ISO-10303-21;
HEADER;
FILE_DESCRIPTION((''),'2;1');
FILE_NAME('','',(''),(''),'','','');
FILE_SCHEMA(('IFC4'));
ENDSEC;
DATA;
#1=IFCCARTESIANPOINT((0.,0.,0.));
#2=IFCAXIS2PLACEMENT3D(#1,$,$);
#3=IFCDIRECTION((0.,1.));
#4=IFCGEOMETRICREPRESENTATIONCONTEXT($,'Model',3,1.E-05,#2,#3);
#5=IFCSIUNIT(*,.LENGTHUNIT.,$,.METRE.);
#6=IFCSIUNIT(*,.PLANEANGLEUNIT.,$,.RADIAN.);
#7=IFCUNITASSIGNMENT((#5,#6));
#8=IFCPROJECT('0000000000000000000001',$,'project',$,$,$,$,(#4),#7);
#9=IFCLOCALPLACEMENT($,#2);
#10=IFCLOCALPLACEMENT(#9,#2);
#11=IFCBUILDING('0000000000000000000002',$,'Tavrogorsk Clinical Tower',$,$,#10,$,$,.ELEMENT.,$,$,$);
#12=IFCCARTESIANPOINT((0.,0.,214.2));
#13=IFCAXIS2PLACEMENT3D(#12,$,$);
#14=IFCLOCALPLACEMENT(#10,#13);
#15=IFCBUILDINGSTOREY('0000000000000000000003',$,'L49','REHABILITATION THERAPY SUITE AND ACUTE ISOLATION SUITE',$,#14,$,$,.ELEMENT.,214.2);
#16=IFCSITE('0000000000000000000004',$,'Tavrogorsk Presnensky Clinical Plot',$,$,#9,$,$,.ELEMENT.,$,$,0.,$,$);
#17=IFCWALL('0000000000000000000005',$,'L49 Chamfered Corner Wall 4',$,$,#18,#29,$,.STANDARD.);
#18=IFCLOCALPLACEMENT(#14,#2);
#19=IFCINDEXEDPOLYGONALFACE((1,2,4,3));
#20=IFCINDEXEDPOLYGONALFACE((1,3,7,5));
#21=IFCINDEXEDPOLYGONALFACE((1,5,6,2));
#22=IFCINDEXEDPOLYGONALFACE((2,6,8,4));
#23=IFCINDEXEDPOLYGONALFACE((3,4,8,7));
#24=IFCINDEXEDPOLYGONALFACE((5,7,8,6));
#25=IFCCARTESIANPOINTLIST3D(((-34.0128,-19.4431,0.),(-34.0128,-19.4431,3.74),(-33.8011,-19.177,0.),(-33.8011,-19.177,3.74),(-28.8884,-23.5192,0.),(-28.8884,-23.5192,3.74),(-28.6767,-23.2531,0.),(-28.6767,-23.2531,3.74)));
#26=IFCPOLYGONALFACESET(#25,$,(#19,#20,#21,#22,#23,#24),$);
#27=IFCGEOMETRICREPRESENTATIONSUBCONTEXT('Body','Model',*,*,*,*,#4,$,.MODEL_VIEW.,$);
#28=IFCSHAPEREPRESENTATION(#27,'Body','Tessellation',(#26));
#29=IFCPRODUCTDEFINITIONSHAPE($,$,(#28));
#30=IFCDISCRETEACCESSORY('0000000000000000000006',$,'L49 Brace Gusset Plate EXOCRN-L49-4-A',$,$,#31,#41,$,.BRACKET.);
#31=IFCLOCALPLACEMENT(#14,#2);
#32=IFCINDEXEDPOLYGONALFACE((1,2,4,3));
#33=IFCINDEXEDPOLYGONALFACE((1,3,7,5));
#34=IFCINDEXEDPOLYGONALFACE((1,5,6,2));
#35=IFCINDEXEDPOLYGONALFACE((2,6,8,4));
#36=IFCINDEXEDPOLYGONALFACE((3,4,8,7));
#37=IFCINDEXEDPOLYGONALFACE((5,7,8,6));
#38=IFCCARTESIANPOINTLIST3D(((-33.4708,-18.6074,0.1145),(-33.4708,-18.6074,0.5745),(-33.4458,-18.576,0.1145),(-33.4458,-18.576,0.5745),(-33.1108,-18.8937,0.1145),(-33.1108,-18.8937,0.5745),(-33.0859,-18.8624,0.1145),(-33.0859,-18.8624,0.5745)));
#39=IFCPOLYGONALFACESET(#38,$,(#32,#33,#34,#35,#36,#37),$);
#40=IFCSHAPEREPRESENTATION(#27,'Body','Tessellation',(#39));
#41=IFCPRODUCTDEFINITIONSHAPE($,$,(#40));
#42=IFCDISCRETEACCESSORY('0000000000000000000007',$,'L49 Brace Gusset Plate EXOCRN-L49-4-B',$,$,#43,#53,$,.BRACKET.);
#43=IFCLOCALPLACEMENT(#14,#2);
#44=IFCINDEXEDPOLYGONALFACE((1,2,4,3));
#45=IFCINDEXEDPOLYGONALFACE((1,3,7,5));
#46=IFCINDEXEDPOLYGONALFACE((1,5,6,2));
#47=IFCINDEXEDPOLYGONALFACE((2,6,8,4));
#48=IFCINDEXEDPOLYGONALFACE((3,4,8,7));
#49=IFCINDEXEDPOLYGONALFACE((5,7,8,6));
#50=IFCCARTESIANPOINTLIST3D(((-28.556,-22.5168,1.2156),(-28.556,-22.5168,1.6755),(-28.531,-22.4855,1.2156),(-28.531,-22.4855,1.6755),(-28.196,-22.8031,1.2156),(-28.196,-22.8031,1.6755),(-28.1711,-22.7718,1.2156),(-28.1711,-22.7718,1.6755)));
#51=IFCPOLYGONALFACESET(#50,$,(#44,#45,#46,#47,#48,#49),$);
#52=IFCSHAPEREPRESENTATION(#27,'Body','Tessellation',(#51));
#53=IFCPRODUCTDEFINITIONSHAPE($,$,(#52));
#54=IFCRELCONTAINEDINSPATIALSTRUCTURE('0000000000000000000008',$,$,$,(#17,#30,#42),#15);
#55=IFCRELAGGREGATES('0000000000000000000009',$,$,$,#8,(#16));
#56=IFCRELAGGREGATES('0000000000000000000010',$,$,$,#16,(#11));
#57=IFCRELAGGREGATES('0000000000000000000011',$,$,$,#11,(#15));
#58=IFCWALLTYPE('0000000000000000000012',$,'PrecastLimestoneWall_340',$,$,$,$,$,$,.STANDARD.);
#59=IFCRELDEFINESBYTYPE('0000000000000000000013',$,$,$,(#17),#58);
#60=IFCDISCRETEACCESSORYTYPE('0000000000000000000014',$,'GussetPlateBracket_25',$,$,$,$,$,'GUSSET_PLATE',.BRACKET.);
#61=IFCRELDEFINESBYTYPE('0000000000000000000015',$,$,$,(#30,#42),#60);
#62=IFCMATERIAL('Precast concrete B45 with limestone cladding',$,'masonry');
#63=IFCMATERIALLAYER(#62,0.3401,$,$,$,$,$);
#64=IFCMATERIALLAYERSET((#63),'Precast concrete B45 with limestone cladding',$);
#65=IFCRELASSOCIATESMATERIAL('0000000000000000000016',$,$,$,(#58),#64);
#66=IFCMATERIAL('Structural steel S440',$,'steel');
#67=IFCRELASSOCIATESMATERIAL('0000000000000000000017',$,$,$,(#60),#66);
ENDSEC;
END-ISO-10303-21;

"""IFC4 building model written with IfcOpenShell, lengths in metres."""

from ifc_helpers import new_model, si_unit, direction, frame, frame_2d, origin, origin_2d, place, context, subcontext, project, spatial, rectangle, extrude, material, layer, layer_set, type_object, element, save


model = new_model("IFC4")

# Units and contexts
model_context = context("Model", 3, precision=1e-05, world=origin(), true_north=direction((0.0, 1.0)))
body_context = subcontext(model_context, "Body", "Model", "MODEL_VIEW")
ifc_project = project(units=[si_unit("LENGTHUNIT", "METRE"), si_unit("PLANEANGLEUNIT", "RADIAN")], contexts=[model_context])

# Site, building, storey
site_placement = place(None, origin())
site = spatial("IfcSite", under=ifc_project, at=site_placement, Name="Tavrogorsk Presnensky Clinical Plot", CompositionType="ELEMENT", RefElevation=0.0)
building_placement = place(site_placement, origin())
building = spatial("IfcBuilding", under=site, at=building_placement, Name="Tavrogorsk Clinical Tower", CompositionType="ELEMENT")
storey_placement = place(building_placement, frame((0.0, 0.0, 214.2)))
storey = spatial("IfcBuildingStorey", under=building, at=storey_placement, Name="L49", Description="REHABILITATION THERAPY SUITE AND ACUTE ISOLATION SUITE", CompositionType="ELEMENT", Elevation=214.2)

# Shared definitions
ifc_material_1 = material(Name="Precast concrete B45 with limestone cladding", Category="masonry")
ifc_layer_1 = layer(ifc_material_1, 0.3401)
ifc_layer_set_1 = layer_set([ifc_layer_1], Name="Precast concrete B45 with limestone cladding")
wall_type_1 = type_object("IfcWallType", Name="PrecastLimestoneWall_340", PredefinedType="STANDARD", material=ifc_layer_set_1)

# Wall
wall_1_placement = place(storey_placement, frame((-33.907, -19.3101, 0.0), z_axis=(0.0, 0.0, 1.0), x_axis=(0.782612, -0.62251, 0.0)))
element("IfcWall", 1, at=wall_1_placement, inside=storey, type_object=wall_type_1, Name="L49 Chamfered Corner Wall 4", PredefinedType="STANDARD", context=body_context, shape_type="SweptSolid", body=[
    extrude(rectangle(XDim=6.5479, YDim=0.3401, at=frame_2d((3.2739, 0.0))), origin(), (0.0, 0.0, 1.0), 3.74),
])

# Discrete accessories
ifc_material_2 = material(Name="Structural steel S440", Category="steel")
discrete_accessory_type = type_object("IfcDiscreteAccessoryType", Name="GussetPlateBracket_25", ElementType="GUSSET_PLATE", PredefinedType="BRACKET", material=ifc_material_2)
for number, where, z_axis, x_axis, name in (
    (2, (-33.2783, -18.7349, 0.1145), (0.0, 0.0, 1.0), (0.782608, -0.622515, 0.0), "L49 Brace Gusset Plate EXOCRN-L49-4-A"),
    (3, (-28.3635, -22.6443, 1.2156), (0.0, 0.0, 1.0), (0.782608, -0.622515, 0.0), "L49 Brace Gusset Plate EXOCRN-L49-4-B"),
):
    element("IfcDiscreteAccessory", number, at=place(storey_placement, frame(where, z_axis=z_axis, x_axis=x_axis)), inside=storey, type_object=discrete_accessory_type, Name=name, PredefinedType="BRACKET", context=body_context, shape_type="SweptSolid", body=[
        extrude(rectangle(XDim=0.46, YDim=0.04, at=origin_2d()), origin(), (0.0, 0.0, 1.0), 0.46),
    ])

save(model, "model.ifc")
